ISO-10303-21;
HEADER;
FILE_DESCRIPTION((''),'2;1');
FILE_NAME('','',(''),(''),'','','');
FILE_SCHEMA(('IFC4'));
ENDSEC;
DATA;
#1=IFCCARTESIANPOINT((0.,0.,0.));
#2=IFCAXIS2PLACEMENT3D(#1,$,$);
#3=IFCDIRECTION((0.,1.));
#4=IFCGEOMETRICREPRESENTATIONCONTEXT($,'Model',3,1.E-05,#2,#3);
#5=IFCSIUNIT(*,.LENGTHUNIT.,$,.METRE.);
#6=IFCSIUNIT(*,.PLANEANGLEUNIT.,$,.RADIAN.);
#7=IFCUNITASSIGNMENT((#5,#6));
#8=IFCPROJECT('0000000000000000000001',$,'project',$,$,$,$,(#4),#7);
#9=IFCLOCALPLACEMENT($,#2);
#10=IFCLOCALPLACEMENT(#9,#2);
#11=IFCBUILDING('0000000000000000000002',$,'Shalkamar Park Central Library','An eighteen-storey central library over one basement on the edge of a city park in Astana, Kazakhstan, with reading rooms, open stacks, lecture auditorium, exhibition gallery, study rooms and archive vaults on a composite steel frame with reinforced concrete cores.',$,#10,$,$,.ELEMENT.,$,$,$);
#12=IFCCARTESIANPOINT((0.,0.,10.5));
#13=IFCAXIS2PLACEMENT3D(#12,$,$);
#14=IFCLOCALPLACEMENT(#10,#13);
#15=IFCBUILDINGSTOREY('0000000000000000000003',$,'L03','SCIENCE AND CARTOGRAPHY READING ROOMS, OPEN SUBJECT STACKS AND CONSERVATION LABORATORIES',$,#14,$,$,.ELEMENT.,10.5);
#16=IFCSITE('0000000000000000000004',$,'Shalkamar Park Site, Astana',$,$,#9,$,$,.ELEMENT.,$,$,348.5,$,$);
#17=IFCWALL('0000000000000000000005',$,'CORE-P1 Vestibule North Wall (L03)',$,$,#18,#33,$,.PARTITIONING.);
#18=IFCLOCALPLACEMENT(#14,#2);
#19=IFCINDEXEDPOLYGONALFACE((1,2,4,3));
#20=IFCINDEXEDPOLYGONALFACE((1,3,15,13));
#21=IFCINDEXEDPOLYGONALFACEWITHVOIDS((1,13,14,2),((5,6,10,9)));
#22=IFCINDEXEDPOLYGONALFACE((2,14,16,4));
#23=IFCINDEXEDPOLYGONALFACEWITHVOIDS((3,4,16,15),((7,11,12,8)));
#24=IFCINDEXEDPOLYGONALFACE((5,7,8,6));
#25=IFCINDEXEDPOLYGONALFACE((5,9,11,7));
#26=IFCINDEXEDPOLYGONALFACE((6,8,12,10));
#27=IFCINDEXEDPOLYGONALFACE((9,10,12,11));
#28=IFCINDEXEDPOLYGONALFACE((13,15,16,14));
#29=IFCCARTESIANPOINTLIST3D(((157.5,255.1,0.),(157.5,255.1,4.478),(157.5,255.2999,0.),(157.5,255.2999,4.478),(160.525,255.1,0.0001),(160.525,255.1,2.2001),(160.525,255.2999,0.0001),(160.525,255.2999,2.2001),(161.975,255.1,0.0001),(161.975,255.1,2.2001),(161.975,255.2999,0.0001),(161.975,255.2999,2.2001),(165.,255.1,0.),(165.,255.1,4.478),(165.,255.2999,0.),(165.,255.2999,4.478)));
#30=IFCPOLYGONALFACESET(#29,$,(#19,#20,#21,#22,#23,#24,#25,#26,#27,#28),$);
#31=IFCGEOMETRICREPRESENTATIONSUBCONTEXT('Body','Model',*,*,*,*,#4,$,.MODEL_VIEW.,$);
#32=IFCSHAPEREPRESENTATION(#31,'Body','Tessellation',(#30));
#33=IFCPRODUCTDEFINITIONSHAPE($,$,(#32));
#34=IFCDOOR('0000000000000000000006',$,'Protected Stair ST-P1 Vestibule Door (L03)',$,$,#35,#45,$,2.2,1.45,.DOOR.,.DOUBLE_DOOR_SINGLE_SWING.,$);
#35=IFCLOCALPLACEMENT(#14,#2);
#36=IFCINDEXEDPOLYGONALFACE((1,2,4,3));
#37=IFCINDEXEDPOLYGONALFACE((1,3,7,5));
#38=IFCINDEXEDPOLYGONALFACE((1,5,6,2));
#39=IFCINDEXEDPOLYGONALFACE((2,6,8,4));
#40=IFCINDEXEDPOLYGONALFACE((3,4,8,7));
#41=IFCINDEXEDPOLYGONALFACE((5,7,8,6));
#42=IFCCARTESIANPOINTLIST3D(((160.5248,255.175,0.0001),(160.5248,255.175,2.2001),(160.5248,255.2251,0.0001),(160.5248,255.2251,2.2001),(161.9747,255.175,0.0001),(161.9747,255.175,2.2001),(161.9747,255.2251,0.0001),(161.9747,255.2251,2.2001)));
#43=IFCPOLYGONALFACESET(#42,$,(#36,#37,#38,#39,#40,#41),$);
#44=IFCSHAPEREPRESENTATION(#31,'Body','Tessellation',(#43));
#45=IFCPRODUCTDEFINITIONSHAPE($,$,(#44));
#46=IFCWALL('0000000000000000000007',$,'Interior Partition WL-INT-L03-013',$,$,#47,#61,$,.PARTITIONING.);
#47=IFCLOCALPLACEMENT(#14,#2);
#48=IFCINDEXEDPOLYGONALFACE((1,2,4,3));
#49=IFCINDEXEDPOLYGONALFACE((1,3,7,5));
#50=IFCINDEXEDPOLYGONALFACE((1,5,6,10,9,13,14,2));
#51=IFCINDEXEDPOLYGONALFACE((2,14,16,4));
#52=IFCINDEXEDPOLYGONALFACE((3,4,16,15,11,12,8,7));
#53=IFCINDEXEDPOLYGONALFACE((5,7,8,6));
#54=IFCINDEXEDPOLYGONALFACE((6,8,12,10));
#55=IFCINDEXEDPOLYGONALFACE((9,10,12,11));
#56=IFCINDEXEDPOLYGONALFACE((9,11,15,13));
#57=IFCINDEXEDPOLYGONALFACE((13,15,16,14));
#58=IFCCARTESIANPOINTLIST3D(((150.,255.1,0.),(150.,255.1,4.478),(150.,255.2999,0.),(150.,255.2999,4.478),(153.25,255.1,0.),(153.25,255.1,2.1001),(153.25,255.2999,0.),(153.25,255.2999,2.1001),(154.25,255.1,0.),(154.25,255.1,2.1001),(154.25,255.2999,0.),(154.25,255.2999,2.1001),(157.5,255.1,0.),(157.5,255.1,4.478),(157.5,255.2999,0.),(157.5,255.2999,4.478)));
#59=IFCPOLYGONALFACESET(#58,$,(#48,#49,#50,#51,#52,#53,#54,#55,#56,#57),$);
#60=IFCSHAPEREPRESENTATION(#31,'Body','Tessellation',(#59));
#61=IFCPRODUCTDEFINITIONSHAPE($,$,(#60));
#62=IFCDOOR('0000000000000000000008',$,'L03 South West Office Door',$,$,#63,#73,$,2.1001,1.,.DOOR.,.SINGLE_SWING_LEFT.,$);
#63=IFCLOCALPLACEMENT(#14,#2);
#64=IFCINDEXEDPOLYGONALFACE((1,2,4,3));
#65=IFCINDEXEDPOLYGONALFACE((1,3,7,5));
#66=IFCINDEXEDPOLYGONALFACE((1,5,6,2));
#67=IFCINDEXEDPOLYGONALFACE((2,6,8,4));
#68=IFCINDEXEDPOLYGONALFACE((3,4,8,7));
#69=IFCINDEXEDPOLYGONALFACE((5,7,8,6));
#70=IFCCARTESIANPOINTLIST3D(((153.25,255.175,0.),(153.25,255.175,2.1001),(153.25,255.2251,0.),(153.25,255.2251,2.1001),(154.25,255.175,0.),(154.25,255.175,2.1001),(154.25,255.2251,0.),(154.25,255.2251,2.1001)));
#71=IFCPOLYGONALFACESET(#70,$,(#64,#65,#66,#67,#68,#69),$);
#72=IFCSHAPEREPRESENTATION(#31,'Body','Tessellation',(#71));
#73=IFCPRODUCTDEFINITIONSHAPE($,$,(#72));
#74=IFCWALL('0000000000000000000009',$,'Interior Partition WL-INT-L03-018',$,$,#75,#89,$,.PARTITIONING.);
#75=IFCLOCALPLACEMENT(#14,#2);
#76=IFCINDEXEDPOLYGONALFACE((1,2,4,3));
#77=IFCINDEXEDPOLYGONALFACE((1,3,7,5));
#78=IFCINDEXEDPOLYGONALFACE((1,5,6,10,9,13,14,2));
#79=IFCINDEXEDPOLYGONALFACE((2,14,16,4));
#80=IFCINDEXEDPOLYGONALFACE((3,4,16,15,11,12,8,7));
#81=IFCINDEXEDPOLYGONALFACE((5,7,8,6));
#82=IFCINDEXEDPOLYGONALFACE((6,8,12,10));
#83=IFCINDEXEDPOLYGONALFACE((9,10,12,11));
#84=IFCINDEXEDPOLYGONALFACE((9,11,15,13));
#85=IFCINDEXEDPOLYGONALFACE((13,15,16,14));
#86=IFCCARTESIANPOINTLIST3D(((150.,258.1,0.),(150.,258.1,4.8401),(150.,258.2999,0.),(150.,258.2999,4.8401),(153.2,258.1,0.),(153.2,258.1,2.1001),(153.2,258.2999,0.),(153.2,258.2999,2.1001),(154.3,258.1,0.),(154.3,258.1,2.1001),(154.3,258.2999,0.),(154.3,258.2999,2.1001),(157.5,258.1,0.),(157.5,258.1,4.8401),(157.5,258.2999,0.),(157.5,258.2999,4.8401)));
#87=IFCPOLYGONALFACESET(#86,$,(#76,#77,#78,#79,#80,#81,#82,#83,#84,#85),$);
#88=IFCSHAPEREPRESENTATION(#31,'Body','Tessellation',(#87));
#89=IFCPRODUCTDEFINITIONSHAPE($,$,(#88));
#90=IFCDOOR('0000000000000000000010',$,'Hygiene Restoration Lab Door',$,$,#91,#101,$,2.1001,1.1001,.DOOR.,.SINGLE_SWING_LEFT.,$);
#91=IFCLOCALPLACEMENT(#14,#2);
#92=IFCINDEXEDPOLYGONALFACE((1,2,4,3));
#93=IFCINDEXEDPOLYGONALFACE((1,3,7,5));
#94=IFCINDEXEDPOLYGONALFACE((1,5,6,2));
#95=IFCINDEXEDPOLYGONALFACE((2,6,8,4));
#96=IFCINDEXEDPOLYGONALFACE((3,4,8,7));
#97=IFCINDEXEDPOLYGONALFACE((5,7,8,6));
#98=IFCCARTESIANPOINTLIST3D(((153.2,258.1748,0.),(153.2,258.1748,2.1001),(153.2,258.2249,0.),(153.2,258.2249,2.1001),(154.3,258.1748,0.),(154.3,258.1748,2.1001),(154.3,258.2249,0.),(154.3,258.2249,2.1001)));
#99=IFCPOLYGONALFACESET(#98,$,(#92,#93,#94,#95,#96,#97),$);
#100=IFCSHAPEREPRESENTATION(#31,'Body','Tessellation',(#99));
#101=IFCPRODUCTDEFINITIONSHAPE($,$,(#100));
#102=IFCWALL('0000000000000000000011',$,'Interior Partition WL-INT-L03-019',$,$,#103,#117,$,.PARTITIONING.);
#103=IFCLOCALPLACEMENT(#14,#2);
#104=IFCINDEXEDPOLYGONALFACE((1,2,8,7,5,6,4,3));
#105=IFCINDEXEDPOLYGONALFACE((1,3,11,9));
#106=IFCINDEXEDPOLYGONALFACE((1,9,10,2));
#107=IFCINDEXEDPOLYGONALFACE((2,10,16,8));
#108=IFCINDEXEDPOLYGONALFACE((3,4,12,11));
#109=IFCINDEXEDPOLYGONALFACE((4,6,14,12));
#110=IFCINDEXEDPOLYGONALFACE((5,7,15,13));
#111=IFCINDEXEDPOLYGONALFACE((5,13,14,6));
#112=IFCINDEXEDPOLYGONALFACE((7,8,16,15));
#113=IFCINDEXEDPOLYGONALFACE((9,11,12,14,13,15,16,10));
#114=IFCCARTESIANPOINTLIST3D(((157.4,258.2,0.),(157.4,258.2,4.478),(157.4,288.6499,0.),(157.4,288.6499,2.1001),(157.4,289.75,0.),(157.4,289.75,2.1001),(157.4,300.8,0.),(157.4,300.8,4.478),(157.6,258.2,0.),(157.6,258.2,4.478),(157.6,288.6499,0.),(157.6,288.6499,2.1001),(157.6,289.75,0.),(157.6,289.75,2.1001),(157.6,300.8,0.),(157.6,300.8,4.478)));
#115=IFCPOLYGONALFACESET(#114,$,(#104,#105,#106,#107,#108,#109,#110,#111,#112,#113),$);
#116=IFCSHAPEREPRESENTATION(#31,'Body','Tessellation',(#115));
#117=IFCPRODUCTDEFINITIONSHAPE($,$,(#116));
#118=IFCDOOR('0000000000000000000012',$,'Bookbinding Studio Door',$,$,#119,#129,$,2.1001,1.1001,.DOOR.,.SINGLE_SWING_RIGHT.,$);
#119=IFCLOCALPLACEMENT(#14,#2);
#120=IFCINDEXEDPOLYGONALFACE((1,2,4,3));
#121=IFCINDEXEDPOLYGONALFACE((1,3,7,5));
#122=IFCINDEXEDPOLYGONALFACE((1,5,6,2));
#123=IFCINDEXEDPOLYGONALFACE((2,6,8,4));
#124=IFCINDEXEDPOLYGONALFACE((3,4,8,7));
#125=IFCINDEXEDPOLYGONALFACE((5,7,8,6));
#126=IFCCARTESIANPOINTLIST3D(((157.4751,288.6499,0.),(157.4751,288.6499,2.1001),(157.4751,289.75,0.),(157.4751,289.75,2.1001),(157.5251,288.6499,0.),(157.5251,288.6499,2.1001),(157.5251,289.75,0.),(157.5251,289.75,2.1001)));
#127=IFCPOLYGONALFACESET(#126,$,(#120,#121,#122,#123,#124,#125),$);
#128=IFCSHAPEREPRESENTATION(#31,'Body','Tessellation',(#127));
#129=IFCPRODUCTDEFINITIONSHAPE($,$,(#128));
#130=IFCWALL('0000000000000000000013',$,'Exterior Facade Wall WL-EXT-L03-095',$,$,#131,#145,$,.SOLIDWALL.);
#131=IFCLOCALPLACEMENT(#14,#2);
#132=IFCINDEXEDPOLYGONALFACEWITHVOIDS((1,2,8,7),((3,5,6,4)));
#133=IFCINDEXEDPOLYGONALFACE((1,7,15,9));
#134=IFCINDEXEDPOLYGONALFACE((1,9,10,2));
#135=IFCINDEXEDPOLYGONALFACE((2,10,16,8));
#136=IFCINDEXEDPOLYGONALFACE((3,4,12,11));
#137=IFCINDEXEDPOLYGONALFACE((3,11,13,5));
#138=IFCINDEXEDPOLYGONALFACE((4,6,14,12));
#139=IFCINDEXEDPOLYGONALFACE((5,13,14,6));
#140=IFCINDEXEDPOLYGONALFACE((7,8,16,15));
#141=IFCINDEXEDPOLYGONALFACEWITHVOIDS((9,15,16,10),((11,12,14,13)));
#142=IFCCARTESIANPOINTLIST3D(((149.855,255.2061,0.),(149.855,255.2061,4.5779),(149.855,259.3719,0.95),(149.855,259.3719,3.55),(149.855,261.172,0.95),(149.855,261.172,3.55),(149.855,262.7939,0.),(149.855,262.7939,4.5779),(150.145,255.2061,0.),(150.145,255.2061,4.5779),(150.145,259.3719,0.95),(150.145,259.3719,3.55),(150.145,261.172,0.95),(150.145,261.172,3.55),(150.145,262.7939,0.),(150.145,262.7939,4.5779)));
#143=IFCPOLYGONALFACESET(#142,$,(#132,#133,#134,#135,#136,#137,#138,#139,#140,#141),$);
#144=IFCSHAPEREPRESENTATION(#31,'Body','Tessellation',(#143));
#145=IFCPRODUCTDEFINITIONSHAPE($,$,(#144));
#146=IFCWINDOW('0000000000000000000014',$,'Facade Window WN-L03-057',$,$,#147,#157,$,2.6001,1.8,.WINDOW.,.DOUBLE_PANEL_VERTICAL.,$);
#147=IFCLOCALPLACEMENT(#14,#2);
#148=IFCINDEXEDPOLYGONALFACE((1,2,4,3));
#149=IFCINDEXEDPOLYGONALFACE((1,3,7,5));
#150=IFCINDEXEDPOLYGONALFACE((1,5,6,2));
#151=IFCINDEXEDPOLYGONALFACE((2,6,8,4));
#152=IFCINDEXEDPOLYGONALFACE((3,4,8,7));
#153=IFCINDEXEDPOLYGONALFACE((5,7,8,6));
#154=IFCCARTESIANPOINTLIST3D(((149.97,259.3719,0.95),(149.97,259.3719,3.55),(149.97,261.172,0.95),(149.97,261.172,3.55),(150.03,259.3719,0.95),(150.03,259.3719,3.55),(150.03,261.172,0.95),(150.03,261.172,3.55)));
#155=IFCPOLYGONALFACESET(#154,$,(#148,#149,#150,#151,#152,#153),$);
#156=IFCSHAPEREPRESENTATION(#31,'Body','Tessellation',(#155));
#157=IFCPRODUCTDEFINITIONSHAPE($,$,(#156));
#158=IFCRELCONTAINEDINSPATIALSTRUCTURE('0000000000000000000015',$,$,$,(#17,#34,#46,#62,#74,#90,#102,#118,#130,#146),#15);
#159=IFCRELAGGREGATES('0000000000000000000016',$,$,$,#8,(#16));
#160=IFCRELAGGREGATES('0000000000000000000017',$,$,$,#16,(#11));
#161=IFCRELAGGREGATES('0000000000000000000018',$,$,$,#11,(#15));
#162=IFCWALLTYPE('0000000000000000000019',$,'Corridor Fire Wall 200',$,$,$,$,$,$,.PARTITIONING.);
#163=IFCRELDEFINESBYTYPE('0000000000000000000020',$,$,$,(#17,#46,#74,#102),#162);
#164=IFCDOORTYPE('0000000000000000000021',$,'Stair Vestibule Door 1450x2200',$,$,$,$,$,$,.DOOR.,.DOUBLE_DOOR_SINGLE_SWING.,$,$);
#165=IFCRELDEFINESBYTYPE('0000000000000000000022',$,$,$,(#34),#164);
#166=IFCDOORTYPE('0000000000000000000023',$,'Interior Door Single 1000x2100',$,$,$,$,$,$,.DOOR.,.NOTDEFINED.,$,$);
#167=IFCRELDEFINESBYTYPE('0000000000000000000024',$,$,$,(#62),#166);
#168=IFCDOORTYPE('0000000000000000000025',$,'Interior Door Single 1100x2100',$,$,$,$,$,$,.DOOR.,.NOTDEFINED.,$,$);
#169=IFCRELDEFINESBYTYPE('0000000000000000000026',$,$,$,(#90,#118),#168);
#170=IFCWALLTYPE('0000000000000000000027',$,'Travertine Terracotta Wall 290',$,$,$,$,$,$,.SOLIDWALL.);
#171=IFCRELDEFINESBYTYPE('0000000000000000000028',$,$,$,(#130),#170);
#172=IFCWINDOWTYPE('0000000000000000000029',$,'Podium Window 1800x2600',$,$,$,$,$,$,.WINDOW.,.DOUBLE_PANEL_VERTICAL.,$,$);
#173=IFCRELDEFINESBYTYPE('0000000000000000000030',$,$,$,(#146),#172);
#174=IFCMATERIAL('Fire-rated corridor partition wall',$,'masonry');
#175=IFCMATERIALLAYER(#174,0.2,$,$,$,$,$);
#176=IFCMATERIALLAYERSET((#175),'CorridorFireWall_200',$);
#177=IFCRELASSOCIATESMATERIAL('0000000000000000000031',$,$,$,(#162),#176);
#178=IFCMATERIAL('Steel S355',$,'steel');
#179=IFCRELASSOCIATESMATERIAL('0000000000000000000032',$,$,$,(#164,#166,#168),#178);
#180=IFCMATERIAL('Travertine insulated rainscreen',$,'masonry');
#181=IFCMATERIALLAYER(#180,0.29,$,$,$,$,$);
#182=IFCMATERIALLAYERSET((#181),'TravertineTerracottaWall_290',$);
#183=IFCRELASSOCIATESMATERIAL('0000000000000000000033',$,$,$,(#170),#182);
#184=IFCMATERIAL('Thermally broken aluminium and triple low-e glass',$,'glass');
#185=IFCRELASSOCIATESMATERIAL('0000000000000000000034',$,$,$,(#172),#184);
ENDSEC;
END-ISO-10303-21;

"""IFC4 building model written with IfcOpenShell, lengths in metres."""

from ifc_helpers import new_model, si_unit, direction, frame, frame_2d, origin, place, context, subcontext, project, spatial, rectangle, extrude, material, layer, layer_set, type_object, element, fill, save


model = new_model("IFC4")

# Units and contexts
model_context = context("Model", 3, precision=1e-05, world=origin(), true_north=direction((0.0, 1.0)))
body_context = subcontext(model_context, "Body", "Model", "MODEL_VIEW")
ifc_project = project(units=[si_unit("LENGTHUNIT", "METRE"), si_unit("PLANEANGLEUNIT", "RADIAN")], contexts=[model_context])

# Site, building, storey
site_placement = place(None, origin())
site = spatial("IfcSite", under=ifc_project, at=site_placement, Name="Shalkamar Park Site, Astana", CompositionType="ELEMENT", RefElevation=348.5)
building_placement = place(site_placement, origin())
building = spatial("IfcBuilding", under=site, at=building_placement, Name="Shalkamar Park Central Library", Description="An eighteen-storey central library over one basement on the edge of a city park in Astana, Kazakhstan, with reading rooms, open stacks, lecture auditorium, exhibition gallery, study rooms and archive vaults on a composite steel frame with reinforced concrete cores.", CompositionType="ELEMENT")
storey_placement = place(building_placement, frame((0.0, 0.0, 10.5)))
storey = spatial("IfcBuildingStorey", under=building, at=storey_placement, Name="L03", Description="SCIENCE AND CARTOGRAPHY READING ROOMS, OPEN SUBJECT STACKS AND CONSERVATION LABORATORIES", CompositionType="ELEMENT", Elevation=10.5)

# Shared definitions
ifc_material_1 = material(Name="Steel S355", Category="steel")

# Walls, openings, doors
ifc_material_2 = material(Name="Fire-rated corridor partition wall", Category="masonry")
ifc_layer_1 = layer(ifc_material_2, 0.2)
ifc_layer_set_1 = layer_set([ifc_layer_1], Name="CorridorFireWall_200")
wall_type_1 = type_object("IfcWallType", Name="Corridor Fire Wall 200", PredefinedType="PARTITIONING", material=ifc_layer_set_1)
wall_1_placement = place(storey_placement, frame((157.5, 255.2, 0.0), z_axis=(0.0, 0.0, 1.0), x_axis=(1.0, 0.0, 0.0)))
wall_1 = element("IfcWall", 1, at=wall_1_placement, inside=storey, type_object=wall_type_1, Name="CORE-P1 Vestibule North Wall (L03)", PredefinedType="PARTITIONING", context=body_context, shape_type="SweptSolid", body=[
    extrude(rectangle(XDim=7.5, YDim=0.2, at=frame_2d((3.75, 0.0))), origin(), (0.0, 0.0, 1.0), 4.478),
])
opening_1_placement = place(wall_1_placement, frame((3.0249, 0.0, 0.0)))
opening_1 = element("IfcOpeningElement", 2, at=opening_1_placement, cuts=wall_1, PredefinedType="OPENING", context=body_context, shape_type="SweptSolid", body=[
    extrude(rectangle(XDim=1.45, YDim=2.2, at=frame_2d((0.7251, 1.1001))), frame((0.0, 0.1147, 0.0), z_axis=(0.0, -1.0, 0.0), x_axis=(1.0, 0.0, 0.0)), (0.0, 0.0, 1.0), 0.2297),
])
door_type_1 = type_object("IfcDoorType", Name="Stair Vestibule Door 1450x2200", OperationType="DOUBLE_DOOR_SINGLE_SWING", PredefinedType="DOOR", material=ifc_material_1)
door_1_placement = place(opening_1_placement, frame((1.45, 0.0, 0.0), z_axis=(0.0, 0.0, 1.0), x_axis=(-1.0, 0.0, 0.0)))
door_1 = element("IfcDoor", 3, at=door_1_placement, inside=storey, type_object=door_type_1, Name="Protected Stair ST-P1 Vestibule Door (L03)", OperationType="DOUBLE_DOOR_SINGLE_SWING", OverallHeight=2.2, OverallWidth=1.45, PredefinedType="DOOR", context=body_context, shape_type="SweptSolid", body=[
    extrude(rectangle(XDim=1.45, YDim=2.2, at=frame_2d((0.7251, 1.1001))), frame((0.0, 0.0249, 0.0), z_axis=(0.0, -1.0, 0.0), x_axis=(1.0, 0.0, 0.0)), (0.0, 0.0, 1.0), 0.05),
])
fill(opening_1, door_1)
wall_2_placement = place(storey_placement, frame((150.0, 255.2, 0.0), z_axis=(0.0, 0.0, 1.0), x_axis=(1.0, 0.0, 0.0)))
wall_2 = element("IfcWall", 4, at=wall_2_placement, inside=storey, type_object=wall_type_1, Name="Interior Partition WL-INT-L03-013", PredefinedType="PARTITIONING", context=body_context, shape_type="SweptSolid", body=[
    extrude(rectangle(XDim=7.5, YDim=0.2, at=frame_2d((3.75, 0.0))), origin(), (0.0, 0.0, 1.0), 4.478),
])
opening_2_placement = place(wall_2_placement, frame((3.25, 0.0, 0.0)))
opening_2 = element("IfcOpeningElement", 5, at=opening_2_placement, cuts=wall_2, PredefinedType="OPENING", context=body_context, shape_type="SweptSolid", body=[
    extrude(rectangle(XDim=1.0, YDim=2.1001, at=frame_2d((0.5, 1.05))), frame((0.0, 0.1147, 0.0), z_axis=(0.0, -1.0, 0.0), x_axis=(1.0, 0.0, 0.0)), (0.0, 0.0, 1.0), 0.2297),
])
door_type_2 = type_object("IfcDoorType", Name="Interior Door Single 1000x2100", OperationType="NOTDEFINED", PredefinedType="DOOR", material=ifc_material_1)
door_2_placement = place(opening_2_placement, frame((1.0, 0.0, 0.0), z_axis=(0.0, 0.0, 1.0), x_axis=(-1.0, 0.0, 0.0)))
door_2 = element("IfcDoor", 6, at=door_2_placement, inside=storey, type_object=door_type_2, Name="L03 South West Office Door", OperationType="SINGLE_SWING_LEFT", OverallHeight=2.1001, OverallWidth=1.0, PredefinedType="DOOR", context=body_context, shape_type="SweptSolid", body=[
    extrude(rectangle(XDim=1.0, YDim=2.1001, at=frame_2d((0.5, 1.05))), frame((0.0, 0.0249, 0.0), z_axis=(0.0, -1.0, 0.0), x_axis=(1.0, 0.0, 0.0)), (0.0, 0.0, 1.0), 0.05),
])
fill(opening_2, door_2)
wall_3_placement = place(storey_placement, frame((150.0, 258.2, 0.0), z_axis=(0.0, 0.0, 1.0), x_axis=(1.0, 0.0, 0.0)))
wall_3 = element("IfcWall", 7, at=wall_3_placement, inside=storey, type_object=wall_type_1, Name="Interior Partition WL-INT-L03-018", PredefinedType="PARTITIONING", context=body_context, shape_type="SweptSolid", body=[
    extrude(rectangle(XDim=7.5, YDim=0.2, at=frame_2d((3.75, 0.0))), origin(), (0.0, 0.0, 1.0), 4.8401),
])
opening_3_placement = place(wall_3_placement, frame((3.2, 0.0, 0.0)))
opening_3 = element("IfcOpeningElement", 8, at=opening_3_placement, cuts=wall_3, PredefinedType="OPENING", context=body_context, shape_type="SweptSolid", body=[
    extrude(rectangle(XDim=1.1001, YDim=2.1001, at=frame_2d((0.55, 1.05))), frame((0.0, 0.1147, 0.0), z_axis=(0.0, -1.0, 0.0), x_axis=(1.0, 0.0, 0.0)), (0.0, 0.0, 1.0), 0.2297),
])
door_type_3 = type_object("IfcDoorType", Name="Interior Door Single 1100x2100", OperationType="NOTDEFINED", PredefinedType="DOOR", material=ifc_material_1)
door_3_placement = place(opening_3_placement, origin())
door_3 = element("IfcDoor", 9, at=door_3_placement, inside=storey, type_object=door_type_3, Name="Hygiene Restoration Lab Door", OperationType="SINGLE_SWING_LEFT", OverallHeight=2.1001, OverallWidth=1.1001, PredefinedType="DOOR", context=body_context, shape_type="SweptSolid", body=[
    extrude(rectangle(XDim=1.1001, YDim=2.1001, at=frame_2d((0.55, 1.05))), frame((0.0, 0.0249, 0.0), z_axis=(0.0, -1.0, 0.0), x_axis=(1.0, 0.0, 0.0)), (0.0, 0.0, 1.0), 0.05),
])
fill(opening_3, door_3)
wall_4_placement = place(storey_placement, frame((157.5, 258.2, 0.0), z_axis=(0.0, 0.0, 1.0), x_axis=(0.0, 1.0, 0.0)))
wall_4 = element("IfcWall", 10, at=wall_4_placement, inside=storey, type_object=wall_type_1, Name="Interior Partition WL-INT-L03-019", PredefinedType="PARTITIONING", context=body_context, shape_type="SweptSolid", body=[
    extrude(rectangle(XDim=42.6001, YDim=0.2, at=frame_2d((21.3, 0.0))), origin(), (0.0, 0.0, 1.0), 4.478),
])
opening_4_placement = place(wall_4_placement, frame((30.45, 0.0, 0.0)))
opening_4 = element("IfcOpeningElement", 11, at=opening_4_placement, cuts=wall_4, PredefinedType="OPENING", context=body_context, shape_type="SweptSolid", body=[
    extrude(rectangle(XDim=1.1001, YDim=2.1001, at=frame_2d((0.55, 1.05))), frame((0.0, 0.1147, 0.0), z_axis=(0.0, -1.0, 0.0), x_axis=(1.0, 0.0, 0.0)), (0.0, 0.0, 1.0), 0.2297),
])
door_4_placement = place(opening_4_placement, origin())
door_4 = element("IfcDoor", 12, at=door_4_placement, inside=storey, type_object=door_type_3, Name="Bookbinding Studio Door", OperationType="SINGLE_SWING_RIGHT", OverallHeight=2.1001, OverallWidth=1.1001, PredefinedType="DOOR", context=body_context, shape_type="SweptSolid", body=[
    extrude(rectangle(XDim=1.1001, YDim=2.1001, at=frame_2d((0.55, 1.05))), frame((0.0, 0.0249, 0.0), z_axis=(0.0, -1.0, 0.0), x_axis=(1.0, 0.0, 0.0)), (0.0, 0.0, 1.0), 0.05),
])
fill(opening_4, door_4)

# Wall, opening, window
ifc_material_3 = material(Name="Travertine insulated rainscreen", Category="masonry")
ifc_layer_2 = layer(ifc_material_3, 0.29)
ifc_layer_set_2 = layer_set([ifc_layer_2], Name="TravertineTerracottaWall_290")
wall_type_2 = type_object("IfcWallType", Name="Travertine Terracotta Wall 290", PredefinedType="SOLIDWALL", material=ifc_layer_set_2)
wall_5_placement = place(storey_placement, frame((150.0, 255.2061, 0.0), z_axis=(0.0, 0.0, 1.0), x_axis=(0.0, 1.0, 0.0)))
wall_5 = element("IfcWall", 13, at=wall_5_placement, inside=storey, type_object=wall_type_2, Name="Exterior Facade Wall WL-EXT-L03-095", PredefinedType="SOLIDWALL", context=body_context, shape_type="SweptSolid", body=[
    extrude(rectangle(XDim=7.5879, YDim=0.29, at=frame_2d((3.7939, 0.0))), origin(), (0.0, 0.0, 1.0), 4.5779),
])
opening_5_placement = place(wall_5_placement, frame((4.166, 0.0, 0.95)))
opening_5 = element("IfcOpeningElement", 14, at=opening_5_placement, cuts=wall_5, PredefinedType="OPENING", context=body_context, shape_type="SweptSolid", body=[
    extrude(rectangle(XDim=1.8, YDim=2.6001, at=frame_2d((0.8999, 1.3))), frame((0.0, 0.1599, 0.0), z_axis=(0.0, -1.0, 0.0), x_axis=(1.0, 0.0, 0.0)), (0.0, 0.0, 1.0), 0.3198),
])
ifc_material_4 = material(Name="Thermally broken aluminium and triple low-e glass", Category="glass")
window_type = type_object("IfcWindowType", Name="Podium Window 1800x2600", PartitioningType="DOUBLE_PANEL_VERTICAL", PredefinedType="WINDOW", material=ifc_material_4)
window_placement = place(opening_5_placement, origin())
window = element("IfcWindow", 15, at=window_placement, inside=storey, type_object=window_type, Name="Facade Window WN-L03-057", OverallHeight=2.6001, OverallWidth=1.8, PartitioningType="DOUBLE_PANEL_VERTICAL", PredefinedType="WINDOW", context=body_context, shape_type="SweptSolid", body=[
    extrude(rectangle(XDim=1.8, YDim=2.6001, at=frame_2d((0.8999, 1.3))), frame((0.0, 0.03, 0.0), z_axis=(0.0, -1.0, 0.0), x_axis=(1.0, 0.0, 0.0)), (0.0, 0.0, 1.0), 0.0601),
])
fill(opening_5, window)

save(model, "model.ifc")
